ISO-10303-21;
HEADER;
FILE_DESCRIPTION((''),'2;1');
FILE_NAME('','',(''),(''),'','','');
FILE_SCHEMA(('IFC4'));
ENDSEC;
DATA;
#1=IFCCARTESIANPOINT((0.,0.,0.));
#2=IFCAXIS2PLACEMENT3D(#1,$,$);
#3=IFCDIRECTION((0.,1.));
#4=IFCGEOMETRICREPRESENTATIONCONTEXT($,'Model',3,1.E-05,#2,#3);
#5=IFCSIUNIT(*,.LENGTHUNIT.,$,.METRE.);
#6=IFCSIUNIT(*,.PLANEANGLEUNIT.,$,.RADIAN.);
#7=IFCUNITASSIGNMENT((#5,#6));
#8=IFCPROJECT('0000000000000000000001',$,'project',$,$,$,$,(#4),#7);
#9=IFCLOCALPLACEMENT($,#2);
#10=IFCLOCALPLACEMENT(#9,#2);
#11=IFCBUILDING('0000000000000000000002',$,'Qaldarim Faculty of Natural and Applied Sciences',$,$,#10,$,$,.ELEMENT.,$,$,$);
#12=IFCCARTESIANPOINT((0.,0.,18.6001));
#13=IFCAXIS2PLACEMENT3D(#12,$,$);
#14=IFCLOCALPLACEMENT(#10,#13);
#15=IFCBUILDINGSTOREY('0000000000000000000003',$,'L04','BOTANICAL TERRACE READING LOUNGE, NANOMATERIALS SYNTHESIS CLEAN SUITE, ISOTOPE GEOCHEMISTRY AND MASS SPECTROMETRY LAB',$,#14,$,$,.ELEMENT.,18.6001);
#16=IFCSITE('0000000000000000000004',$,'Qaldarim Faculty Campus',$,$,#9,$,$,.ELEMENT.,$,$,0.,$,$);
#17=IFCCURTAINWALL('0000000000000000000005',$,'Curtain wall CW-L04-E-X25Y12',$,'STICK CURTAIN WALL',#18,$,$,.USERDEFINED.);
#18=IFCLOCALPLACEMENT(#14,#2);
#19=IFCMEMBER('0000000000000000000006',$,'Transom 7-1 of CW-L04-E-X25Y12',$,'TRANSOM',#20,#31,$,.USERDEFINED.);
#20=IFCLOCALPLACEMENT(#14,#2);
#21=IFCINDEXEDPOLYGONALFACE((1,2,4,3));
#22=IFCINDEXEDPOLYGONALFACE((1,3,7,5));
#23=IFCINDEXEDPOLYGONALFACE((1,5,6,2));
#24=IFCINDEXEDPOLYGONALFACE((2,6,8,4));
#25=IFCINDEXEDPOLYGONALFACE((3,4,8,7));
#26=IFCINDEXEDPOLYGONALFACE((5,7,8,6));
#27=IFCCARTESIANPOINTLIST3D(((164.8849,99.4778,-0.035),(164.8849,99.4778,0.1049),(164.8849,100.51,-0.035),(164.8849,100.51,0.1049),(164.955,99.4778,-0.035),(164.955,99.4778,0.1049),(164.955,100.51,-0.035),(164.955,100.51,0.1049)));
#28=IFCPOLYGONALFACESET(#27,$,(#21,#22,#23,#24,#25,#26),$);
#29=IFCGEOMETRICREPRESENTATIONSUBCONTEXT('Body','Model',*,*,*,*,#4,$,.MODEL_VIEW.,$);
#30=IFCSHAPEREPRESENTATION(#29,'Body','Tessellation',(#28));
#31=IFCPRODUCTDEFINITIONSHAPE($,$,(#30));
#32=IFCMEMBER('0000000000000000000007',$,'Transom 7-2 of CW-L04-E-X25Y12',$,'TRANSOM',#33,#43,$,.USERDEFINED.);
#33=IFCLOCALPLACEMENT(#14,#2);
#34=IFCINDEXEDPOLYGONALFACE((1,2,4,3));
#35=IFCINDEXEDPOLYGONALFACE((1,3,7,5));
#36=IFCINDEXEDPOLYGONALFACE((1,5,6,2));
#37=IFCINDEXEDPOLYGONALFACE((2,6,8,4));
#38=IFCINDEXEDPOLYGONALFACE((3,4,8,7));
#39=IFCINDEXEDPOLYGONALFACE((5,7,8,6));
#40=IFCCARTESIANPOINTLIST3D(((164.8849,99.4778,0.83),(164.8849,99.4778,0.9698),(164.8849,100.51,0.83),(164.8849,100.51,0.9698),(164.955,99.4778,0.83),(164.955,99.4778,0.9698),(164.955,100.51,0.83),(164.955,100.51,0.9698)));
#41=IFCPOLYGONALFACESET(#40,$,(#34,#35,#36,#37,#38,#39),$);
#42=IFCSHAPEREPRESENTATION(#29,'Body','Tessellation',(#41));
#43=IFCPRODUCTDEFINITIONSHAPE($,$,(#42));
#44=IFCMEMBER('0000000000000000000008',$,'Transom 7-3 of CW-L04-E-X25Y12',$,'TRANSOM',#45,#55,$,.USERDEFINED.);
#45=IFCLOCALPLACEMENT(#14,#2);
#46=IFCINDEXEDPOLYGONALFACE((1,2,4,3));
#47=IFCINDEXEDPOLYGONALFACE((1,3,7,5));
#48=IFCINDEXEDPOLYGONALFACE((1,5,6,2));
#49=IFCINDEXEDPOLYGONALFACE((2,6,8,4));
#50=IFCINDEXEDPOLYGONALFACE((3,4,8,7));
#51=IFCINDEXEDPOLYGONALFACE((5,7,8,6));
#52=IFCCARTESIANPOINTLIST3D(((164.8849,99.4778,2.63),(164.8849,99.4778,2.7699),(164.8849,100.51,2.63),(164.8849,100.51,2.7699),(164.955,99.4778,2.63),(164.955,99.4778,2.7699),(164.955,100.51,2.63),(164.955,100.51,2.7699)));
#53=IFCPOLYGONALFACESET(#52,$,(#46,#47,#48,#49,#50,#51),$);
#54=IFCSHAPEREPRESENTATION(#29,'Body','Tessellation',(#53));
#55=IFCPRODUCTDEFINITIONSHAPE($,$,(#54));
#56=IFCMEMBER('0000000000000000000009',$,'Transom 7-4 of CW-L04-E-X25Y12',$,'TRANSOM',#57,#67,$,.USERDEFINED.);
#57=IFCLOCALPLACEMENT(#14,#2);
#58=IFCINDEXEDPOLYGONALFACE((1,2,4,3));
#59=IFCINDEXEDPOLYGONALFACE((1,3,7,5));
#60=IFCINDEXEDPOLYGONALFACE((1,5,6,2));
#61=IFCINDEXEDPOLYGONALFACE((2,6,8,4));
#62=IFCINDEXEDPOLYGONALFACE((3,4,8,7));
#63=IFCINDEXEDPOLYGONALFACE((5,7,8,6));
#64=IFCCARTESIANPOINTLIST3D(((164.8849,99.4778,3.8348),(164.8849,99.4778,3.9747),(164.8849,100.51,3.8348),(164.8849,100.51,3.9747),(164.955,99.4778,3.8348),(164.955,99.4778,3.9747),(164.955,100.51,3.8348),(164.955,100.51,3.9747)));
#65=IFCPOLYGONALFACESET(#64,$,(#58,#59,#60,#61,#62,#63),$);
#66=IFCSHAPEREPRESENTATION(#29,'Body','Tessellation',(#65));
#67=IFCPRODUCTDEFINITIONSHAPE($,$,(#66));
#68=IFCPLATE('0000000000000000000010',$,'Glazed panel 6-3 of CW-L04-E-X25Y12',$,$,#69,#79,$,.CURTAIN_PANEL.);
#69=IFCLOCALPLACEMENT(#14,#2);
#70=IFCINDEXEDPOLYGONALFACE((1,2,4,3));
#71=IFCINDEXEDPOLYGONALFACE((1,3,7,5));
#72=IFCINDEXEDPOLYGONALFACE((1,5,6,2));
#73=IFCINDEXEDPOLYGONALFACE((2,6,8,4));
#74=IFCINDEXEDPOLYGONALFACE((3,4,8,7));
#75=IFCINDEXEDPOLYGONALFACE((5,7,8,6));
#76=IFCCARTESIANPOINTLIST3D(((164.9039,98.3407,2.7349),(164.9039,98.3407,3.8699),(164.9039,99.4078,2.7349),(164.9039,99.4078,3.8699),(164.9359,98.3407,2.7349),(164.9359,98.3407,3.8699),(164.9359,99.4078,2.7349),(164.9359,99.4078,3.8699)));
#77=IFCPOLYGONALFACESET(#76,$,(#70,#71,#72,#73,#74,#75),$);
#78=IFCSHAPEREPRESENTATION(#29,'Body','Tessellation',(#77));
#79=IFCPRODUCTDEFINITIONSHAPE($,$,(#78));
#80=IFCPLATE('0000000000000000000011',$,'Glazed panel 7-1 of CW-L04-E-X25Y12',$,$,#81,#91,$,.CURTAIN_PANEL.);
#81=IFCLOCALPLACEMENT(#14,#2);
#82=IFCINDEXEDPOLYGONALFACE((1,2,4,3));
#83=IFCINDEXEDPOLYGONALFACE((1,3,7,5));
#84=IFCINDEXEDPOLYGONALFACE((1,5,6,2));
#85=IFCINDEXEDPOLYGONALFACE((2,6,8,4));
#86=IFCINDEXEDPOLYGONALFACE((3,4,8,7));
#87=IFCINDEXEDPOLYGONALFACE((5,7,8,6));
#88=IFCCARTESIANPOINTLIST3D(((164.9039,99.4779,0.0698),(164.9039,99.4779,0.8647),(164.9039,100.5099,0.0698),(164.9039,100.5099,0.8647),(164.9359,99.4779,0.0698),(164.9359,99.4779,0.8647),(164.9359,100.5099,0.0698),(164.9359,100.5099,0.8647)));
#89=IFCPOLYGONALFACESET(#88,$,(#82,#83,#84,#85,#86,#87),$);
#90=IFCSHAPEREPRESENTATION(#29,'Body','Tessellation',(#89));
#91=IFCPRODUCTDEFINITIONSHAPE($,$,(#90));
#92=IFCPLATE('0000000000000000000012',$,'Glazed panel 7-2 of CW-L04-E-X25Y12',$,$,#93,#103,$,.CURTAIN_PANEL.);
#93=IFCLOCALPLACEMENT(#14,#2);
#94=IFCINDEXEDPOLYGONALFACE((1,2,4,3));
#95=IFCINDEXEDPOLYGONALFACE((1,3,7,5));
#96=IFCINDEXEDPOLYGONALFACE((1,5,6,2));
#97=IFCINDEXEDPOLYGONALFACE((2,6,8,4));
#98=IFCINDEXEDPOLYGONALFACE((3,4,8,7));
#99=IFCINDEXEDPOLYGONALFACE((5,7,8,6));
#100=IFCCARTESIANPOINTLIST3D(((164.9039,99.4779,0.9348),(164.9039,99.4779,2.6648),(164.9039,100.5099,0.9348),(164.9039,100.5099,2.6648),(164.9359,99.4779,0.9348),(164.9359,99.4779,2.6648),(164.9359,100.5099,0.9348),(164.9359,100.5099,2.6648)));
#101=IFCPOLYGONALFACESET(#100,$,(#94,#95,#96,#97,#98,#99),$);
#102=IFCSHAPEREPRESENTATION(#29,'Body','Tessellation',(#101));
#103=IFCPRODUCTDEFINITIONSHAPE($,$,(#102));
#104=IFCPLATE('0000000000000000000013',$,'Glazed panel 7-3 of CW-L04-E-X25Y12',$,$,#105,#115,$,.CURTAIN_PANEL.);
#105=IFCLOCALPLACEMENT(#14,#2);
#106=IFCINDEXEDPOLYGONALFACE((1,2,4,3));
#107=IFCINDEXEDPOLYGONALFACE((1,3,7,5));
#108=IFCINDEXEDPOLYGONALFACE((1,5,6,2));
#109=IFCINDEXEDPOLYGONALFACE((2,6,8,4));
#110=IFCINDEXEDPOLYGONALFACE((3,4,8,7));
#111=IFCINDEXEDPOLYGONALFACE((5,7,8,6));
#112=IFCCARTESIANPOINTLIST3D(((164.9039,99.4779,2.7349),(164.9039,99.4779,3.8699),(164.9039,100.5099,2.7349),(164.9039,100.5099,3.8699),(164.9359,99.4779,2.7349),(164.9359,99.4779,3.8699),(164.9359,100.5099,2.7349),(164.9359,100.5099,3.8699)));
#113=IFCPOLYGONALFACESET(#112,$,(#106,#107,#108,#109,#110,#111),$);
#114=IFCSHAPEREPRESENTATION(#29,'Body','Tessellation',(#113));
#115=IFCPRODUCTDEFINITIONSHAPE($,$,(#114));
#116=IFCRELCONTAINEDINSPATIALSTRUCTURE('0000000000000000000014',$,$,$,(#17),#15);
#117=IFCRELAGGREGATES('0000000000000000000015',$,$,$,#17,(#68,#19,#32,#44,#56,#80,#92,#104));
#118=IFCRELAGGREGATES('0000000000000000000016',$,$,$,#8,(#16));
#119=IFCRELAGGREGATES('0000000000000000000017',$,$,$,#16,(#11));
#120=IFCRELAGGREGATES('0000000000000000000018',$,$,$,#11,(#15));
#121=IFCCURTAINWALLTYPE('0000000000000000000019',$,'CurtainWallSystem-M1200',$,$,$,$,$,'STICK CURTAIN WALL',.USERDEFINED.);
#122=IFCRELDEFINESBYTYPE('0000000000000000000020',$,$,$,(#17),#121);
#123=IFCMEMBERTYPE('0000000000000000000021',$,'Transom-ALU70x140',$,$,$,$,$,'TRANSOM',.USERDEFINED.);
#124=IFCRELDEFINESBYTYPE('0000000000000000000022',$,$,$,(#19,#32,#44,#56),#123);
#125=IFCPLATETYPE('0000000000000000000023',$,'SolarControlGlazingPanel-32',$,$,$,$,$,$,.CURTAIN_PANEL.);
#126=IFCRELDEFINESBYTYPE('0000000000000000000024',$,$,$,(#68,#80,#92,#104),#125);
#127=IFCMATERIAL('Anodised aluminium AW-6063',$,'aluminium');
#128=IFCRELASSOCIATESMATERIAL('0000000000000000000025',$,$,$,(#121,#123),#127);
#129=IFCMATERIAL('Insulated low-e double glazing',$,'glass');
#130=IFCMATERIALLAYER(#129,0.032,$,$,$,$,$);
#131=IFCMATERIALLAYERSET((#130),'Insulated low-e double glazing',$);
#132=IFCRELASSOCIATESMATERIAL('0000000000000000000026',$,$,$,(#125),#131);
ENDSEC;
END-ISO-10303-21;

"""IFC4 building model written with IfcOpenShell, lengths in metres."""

from ifc_helpers import new_model, si_unit, direction, frame, origin, origin_2d, place, context, subcontext, project, spatial, rectangle, extrude, material, layer, layer_set, material_profile, profile_set, type_object, element, aggregate, save


model = new_model("IFC4")

# Units and contexts
model_context = context("Model", 3, precision=1e-05, world=origin(), true_north=direction((0.0, 1.0)))
body_context = subcontext(model_context, "Body", "Model", "MODEL_VIEW")
ifc_project = project(units=[si_unit("LENGTHUNIT", "METRE"), si_unit("PLANEANGLEUNIT", "RADIAN")], contexts=[model_context])

# Site, building, storey
site_placement = place(None, origin())
site = spatial("IfcSite", under=ifc_project, at=site_placement, Name="Qaldarim Faculty Campus", CompositionType="ELEMENT", RefElevation=0.0)
building_placement = place(site_placement, origin())
building = spatial("IfcBuilding", under=site, at=building_placement, Name="Qaldarim Faculty of Natural and Applied Sciences", CompositionType="ELEMENT")
storey_placement = place(building_placement, frame((0.0, 0.0, 18.6001)))
storey = spatial("IfcBuildingStorey", under=building, at=storey_placement, Name="L04", Description="BOTANICAL TERRACE READING LOUNGE, NANOMATERIALS SYNTHESIS CLEAN SUITE, ISOTOPE GEOCHEMISTRY AND MASS SPECTROMETRY LAB", CompositionType="ELEMENT", Elevation=18.6001)

# Curtain wall
ifc_material_1 = material(Name="Anodised aluminium AW-6063", Category="aluminium")
curtain_wall_type = type_object("IfcCurtainWallType", Name="CurtainWallSystem-M1200", ElementType="STICK CURTAIN WALL", PredefinedType="USERDEFINED", material=ifc_material_1)
curtain_wall_placement = place(storey_placement, origin())
curtain_wall = element("IfcCurtainWall", 1, at=curtain_wall_placement, inside=storey, type_object=curtain_wall_type, Name="Curtain wall CW-L04-E-X25Y12", ObjectType="STICK CURTAIN WALL", PredefinedType="USERDEFINED")

# Members
ifc_material_profile_1 = material_profile(ifc_material_1, rectangle(XDim=0.0701, YDim=0.1399, at=origin_2d()), Name="ALU-T70x140")
ifc_profile_set_1 = profile_set([ifc_material_profile_1], Name="Anodised aluminium AW-6063")
member_type_1 = type_object("IfcMemberType", Name="Transom-ALU70x140", ElementType="TRANSOM", PredefinedType="USERDEFINED", material=ifc_profile_set_1)
member_1_placement = place(storey_placement, frame((164.9199, 99.4778, 0.0349), z_axis=(0.0, 1.0, 0.0), x_axis=(-1.0, 0.0, 0.0)))
member_1 = element("IfcMember", 2, at=member_1_placement, type_object=member_type_1, Name="Transom 7-1 of CW-L04-E-X25Y12", ObjectType="TRANSOM", PredefinedType="USERDEFINED", context=body_context, shape_type="SweptSolid", body=[
    extrude(rectangle(XDim=0.0701, YDim=0.1399, at=origin_2d()), origin(), (0.0, 0.0, 1.0), 1.0322),
])
member_2_placement = place(storey_placement, frame((164.9199, 99.4778, 0.8999), z_axis=(0.0, 1.0, 0.0), x_axis=(-1.0, 0.0, 0.0)))
member_2 = element("IfcMember", 3, at=member_2_placement, type_object=member_type_1, Name="Transom 7-2 of CW-L04-E-X25Y12", ObjectType="TRANSOM", PredefinedType="USERDEFINED", context=body_context, shape_type="SweptSolid", body=[
    extrude(rectangle(XDim=0.0701, YDim=0.1399, at=origin_2d()), origin(), (0.0, 0.0, 1.0), 1.0322),
])
member_3_placement = place(storey_placement, frame((164.9199, 99.4778, 2.7), z_axis=(0.0, 1.0, 0.0), x_axis=(-1.0, 0.0, 0.0)))
member_3 = element("IfcMember", 4, at=member_3_placement, type_object=member_type_1, Name="Transom 7-3 of CW-L04-E-X25Y12", ObjectType="TRANSOM", PredefinedType="USERDEFINED", context=body_context, shape_type="SweptSolid", body=[
    extrude(rectangle(XDim=0.0701, YDim=0.1399, at=origin_2d()), origin(), (0.0, 0.0, 1.0), 1.0322),
])
member_4_placement = place(storey_placement, frame((164.9199, 99.4778, 3.9048), z_axis=(0.0, 1.0, 0.0), x_axis=(-1.0, 0.0, 0.0)))
member_4 = element("IfcMember", 5, at=member_4_placement, type_object=member_type_1, Name="Transom 7-4 of CW-L04-E-X25Y12", ObjectType="TRANSOM", PredefinedType="USERDEFINED", context=body_context, shape_type="SweptSolid", body=[
    extrude(rectangle(XDim=0.0701, YDim=0.1399, at=origin_2d()), origin(), (0.0, 0.0, 1.0), 1.0322),
])

# Plates
ifc_material_2 = material(Name="Insulated low-e double glazing", Category="glass")
ifc_layer = layer(ifc_material_2, 0.032)
ifc_layer_set = layer_set([ifc_layer], Name="Insulated low-e double glazing")
plate_type = type_object("IfcPlateType", Name="SolarControlGlazingPanel-32", PredefinedType="CURTAIN_PANEL", material=ifc_layer_set)
plate_1_placement = place(storey_placement, frame((164.9199, 98.8743, 2.7349), z_axis=(0.0, 0.0, 1.0), x_axis=(0.0, 1.0, 0.0)))
plate_1 = element("IfcPlate", 6, at=plate_1_placement, type_object=plate_type, Name="Glazed panel 6-3 of CW-L04-E-X25Y12", PredefinedType="CURTAIN_PANEL", context=body_context, shape_type="SweptSolid", body=[
    extrude(rectangle(XDim=1.0671, YDim=0.032, at=origin_2d()), origin(), (0.0, 0.0, 1.0), 1.135),
])
plate_2_placement = place(storey_placement, frame((164.9199, 99.9939, 0.0698), z_axis=(0.0, 0.0, 1.0), x_axis=(0.0, 1.0, 0.0)))
plate_2 = element("IfcPlate", 7, at=plate_2_placement, type_object=plate_type, Name="Glazed panel 7-1 of CW-L04-E-X25Y12", PredefinedType="CURTAIN_PANEL", context=body_context, shape_type="SweptSolid", body=[
    extrude(rectangle(XDim=1.032, YDim=0.032, at=origin_2d()), origin(), (0.0, 0.0, 1.0), 0.7949),
])
plate_3_placement = place(storey_placement, frame((164.9199, 99.9939, 0.9348), z_axis=(0.0, 0.0, 1.0), x_axis=(0.0, 1.0, 0.0)))
plate_3 = element("IfcPlate", 8, at=plate_3_placement, type_object=plate_type, Name="Glazed panel 7-2 of CW-L04-E-X25Y12", PredefinedType="CURTAIN_PANEL", context=body_context, shape_type="SweptSolid", body=[
    extrude(rectangle(XDim=1.032, YDim=0.032, at=origin_2d()), origin(), (0.0, 0.0, 1.0), 1.73),
])
plate_4_placement = place(storey_placement, frame((164.9199, 99.9939, 2.7349), z_axis=(0.0, 0.0, 1.0), x_axis=(0.0, 1.0, 0.0)))
plate_4 = element("IfcPlate", 9, at=plate_4_placement, type_object=plate_type, Name="Glazed panel 7-3 of CW-L04-E-X25Y12", PredefinedType="CURTAIN_PANEL", context=body_context, shape_type="SweptSolid", body=[
    extrude(rectangle(XDim=1.032, YDim=0.032, at=origin_2d()), origin(), (0.0, 0.0, 1.0), 1.135),
])
aggregate(curtain_wall, [plate_1, member_1, member_2, member_3, member_4, plate_2, plate_3, plate_4])

save(model, "model.ifc")
